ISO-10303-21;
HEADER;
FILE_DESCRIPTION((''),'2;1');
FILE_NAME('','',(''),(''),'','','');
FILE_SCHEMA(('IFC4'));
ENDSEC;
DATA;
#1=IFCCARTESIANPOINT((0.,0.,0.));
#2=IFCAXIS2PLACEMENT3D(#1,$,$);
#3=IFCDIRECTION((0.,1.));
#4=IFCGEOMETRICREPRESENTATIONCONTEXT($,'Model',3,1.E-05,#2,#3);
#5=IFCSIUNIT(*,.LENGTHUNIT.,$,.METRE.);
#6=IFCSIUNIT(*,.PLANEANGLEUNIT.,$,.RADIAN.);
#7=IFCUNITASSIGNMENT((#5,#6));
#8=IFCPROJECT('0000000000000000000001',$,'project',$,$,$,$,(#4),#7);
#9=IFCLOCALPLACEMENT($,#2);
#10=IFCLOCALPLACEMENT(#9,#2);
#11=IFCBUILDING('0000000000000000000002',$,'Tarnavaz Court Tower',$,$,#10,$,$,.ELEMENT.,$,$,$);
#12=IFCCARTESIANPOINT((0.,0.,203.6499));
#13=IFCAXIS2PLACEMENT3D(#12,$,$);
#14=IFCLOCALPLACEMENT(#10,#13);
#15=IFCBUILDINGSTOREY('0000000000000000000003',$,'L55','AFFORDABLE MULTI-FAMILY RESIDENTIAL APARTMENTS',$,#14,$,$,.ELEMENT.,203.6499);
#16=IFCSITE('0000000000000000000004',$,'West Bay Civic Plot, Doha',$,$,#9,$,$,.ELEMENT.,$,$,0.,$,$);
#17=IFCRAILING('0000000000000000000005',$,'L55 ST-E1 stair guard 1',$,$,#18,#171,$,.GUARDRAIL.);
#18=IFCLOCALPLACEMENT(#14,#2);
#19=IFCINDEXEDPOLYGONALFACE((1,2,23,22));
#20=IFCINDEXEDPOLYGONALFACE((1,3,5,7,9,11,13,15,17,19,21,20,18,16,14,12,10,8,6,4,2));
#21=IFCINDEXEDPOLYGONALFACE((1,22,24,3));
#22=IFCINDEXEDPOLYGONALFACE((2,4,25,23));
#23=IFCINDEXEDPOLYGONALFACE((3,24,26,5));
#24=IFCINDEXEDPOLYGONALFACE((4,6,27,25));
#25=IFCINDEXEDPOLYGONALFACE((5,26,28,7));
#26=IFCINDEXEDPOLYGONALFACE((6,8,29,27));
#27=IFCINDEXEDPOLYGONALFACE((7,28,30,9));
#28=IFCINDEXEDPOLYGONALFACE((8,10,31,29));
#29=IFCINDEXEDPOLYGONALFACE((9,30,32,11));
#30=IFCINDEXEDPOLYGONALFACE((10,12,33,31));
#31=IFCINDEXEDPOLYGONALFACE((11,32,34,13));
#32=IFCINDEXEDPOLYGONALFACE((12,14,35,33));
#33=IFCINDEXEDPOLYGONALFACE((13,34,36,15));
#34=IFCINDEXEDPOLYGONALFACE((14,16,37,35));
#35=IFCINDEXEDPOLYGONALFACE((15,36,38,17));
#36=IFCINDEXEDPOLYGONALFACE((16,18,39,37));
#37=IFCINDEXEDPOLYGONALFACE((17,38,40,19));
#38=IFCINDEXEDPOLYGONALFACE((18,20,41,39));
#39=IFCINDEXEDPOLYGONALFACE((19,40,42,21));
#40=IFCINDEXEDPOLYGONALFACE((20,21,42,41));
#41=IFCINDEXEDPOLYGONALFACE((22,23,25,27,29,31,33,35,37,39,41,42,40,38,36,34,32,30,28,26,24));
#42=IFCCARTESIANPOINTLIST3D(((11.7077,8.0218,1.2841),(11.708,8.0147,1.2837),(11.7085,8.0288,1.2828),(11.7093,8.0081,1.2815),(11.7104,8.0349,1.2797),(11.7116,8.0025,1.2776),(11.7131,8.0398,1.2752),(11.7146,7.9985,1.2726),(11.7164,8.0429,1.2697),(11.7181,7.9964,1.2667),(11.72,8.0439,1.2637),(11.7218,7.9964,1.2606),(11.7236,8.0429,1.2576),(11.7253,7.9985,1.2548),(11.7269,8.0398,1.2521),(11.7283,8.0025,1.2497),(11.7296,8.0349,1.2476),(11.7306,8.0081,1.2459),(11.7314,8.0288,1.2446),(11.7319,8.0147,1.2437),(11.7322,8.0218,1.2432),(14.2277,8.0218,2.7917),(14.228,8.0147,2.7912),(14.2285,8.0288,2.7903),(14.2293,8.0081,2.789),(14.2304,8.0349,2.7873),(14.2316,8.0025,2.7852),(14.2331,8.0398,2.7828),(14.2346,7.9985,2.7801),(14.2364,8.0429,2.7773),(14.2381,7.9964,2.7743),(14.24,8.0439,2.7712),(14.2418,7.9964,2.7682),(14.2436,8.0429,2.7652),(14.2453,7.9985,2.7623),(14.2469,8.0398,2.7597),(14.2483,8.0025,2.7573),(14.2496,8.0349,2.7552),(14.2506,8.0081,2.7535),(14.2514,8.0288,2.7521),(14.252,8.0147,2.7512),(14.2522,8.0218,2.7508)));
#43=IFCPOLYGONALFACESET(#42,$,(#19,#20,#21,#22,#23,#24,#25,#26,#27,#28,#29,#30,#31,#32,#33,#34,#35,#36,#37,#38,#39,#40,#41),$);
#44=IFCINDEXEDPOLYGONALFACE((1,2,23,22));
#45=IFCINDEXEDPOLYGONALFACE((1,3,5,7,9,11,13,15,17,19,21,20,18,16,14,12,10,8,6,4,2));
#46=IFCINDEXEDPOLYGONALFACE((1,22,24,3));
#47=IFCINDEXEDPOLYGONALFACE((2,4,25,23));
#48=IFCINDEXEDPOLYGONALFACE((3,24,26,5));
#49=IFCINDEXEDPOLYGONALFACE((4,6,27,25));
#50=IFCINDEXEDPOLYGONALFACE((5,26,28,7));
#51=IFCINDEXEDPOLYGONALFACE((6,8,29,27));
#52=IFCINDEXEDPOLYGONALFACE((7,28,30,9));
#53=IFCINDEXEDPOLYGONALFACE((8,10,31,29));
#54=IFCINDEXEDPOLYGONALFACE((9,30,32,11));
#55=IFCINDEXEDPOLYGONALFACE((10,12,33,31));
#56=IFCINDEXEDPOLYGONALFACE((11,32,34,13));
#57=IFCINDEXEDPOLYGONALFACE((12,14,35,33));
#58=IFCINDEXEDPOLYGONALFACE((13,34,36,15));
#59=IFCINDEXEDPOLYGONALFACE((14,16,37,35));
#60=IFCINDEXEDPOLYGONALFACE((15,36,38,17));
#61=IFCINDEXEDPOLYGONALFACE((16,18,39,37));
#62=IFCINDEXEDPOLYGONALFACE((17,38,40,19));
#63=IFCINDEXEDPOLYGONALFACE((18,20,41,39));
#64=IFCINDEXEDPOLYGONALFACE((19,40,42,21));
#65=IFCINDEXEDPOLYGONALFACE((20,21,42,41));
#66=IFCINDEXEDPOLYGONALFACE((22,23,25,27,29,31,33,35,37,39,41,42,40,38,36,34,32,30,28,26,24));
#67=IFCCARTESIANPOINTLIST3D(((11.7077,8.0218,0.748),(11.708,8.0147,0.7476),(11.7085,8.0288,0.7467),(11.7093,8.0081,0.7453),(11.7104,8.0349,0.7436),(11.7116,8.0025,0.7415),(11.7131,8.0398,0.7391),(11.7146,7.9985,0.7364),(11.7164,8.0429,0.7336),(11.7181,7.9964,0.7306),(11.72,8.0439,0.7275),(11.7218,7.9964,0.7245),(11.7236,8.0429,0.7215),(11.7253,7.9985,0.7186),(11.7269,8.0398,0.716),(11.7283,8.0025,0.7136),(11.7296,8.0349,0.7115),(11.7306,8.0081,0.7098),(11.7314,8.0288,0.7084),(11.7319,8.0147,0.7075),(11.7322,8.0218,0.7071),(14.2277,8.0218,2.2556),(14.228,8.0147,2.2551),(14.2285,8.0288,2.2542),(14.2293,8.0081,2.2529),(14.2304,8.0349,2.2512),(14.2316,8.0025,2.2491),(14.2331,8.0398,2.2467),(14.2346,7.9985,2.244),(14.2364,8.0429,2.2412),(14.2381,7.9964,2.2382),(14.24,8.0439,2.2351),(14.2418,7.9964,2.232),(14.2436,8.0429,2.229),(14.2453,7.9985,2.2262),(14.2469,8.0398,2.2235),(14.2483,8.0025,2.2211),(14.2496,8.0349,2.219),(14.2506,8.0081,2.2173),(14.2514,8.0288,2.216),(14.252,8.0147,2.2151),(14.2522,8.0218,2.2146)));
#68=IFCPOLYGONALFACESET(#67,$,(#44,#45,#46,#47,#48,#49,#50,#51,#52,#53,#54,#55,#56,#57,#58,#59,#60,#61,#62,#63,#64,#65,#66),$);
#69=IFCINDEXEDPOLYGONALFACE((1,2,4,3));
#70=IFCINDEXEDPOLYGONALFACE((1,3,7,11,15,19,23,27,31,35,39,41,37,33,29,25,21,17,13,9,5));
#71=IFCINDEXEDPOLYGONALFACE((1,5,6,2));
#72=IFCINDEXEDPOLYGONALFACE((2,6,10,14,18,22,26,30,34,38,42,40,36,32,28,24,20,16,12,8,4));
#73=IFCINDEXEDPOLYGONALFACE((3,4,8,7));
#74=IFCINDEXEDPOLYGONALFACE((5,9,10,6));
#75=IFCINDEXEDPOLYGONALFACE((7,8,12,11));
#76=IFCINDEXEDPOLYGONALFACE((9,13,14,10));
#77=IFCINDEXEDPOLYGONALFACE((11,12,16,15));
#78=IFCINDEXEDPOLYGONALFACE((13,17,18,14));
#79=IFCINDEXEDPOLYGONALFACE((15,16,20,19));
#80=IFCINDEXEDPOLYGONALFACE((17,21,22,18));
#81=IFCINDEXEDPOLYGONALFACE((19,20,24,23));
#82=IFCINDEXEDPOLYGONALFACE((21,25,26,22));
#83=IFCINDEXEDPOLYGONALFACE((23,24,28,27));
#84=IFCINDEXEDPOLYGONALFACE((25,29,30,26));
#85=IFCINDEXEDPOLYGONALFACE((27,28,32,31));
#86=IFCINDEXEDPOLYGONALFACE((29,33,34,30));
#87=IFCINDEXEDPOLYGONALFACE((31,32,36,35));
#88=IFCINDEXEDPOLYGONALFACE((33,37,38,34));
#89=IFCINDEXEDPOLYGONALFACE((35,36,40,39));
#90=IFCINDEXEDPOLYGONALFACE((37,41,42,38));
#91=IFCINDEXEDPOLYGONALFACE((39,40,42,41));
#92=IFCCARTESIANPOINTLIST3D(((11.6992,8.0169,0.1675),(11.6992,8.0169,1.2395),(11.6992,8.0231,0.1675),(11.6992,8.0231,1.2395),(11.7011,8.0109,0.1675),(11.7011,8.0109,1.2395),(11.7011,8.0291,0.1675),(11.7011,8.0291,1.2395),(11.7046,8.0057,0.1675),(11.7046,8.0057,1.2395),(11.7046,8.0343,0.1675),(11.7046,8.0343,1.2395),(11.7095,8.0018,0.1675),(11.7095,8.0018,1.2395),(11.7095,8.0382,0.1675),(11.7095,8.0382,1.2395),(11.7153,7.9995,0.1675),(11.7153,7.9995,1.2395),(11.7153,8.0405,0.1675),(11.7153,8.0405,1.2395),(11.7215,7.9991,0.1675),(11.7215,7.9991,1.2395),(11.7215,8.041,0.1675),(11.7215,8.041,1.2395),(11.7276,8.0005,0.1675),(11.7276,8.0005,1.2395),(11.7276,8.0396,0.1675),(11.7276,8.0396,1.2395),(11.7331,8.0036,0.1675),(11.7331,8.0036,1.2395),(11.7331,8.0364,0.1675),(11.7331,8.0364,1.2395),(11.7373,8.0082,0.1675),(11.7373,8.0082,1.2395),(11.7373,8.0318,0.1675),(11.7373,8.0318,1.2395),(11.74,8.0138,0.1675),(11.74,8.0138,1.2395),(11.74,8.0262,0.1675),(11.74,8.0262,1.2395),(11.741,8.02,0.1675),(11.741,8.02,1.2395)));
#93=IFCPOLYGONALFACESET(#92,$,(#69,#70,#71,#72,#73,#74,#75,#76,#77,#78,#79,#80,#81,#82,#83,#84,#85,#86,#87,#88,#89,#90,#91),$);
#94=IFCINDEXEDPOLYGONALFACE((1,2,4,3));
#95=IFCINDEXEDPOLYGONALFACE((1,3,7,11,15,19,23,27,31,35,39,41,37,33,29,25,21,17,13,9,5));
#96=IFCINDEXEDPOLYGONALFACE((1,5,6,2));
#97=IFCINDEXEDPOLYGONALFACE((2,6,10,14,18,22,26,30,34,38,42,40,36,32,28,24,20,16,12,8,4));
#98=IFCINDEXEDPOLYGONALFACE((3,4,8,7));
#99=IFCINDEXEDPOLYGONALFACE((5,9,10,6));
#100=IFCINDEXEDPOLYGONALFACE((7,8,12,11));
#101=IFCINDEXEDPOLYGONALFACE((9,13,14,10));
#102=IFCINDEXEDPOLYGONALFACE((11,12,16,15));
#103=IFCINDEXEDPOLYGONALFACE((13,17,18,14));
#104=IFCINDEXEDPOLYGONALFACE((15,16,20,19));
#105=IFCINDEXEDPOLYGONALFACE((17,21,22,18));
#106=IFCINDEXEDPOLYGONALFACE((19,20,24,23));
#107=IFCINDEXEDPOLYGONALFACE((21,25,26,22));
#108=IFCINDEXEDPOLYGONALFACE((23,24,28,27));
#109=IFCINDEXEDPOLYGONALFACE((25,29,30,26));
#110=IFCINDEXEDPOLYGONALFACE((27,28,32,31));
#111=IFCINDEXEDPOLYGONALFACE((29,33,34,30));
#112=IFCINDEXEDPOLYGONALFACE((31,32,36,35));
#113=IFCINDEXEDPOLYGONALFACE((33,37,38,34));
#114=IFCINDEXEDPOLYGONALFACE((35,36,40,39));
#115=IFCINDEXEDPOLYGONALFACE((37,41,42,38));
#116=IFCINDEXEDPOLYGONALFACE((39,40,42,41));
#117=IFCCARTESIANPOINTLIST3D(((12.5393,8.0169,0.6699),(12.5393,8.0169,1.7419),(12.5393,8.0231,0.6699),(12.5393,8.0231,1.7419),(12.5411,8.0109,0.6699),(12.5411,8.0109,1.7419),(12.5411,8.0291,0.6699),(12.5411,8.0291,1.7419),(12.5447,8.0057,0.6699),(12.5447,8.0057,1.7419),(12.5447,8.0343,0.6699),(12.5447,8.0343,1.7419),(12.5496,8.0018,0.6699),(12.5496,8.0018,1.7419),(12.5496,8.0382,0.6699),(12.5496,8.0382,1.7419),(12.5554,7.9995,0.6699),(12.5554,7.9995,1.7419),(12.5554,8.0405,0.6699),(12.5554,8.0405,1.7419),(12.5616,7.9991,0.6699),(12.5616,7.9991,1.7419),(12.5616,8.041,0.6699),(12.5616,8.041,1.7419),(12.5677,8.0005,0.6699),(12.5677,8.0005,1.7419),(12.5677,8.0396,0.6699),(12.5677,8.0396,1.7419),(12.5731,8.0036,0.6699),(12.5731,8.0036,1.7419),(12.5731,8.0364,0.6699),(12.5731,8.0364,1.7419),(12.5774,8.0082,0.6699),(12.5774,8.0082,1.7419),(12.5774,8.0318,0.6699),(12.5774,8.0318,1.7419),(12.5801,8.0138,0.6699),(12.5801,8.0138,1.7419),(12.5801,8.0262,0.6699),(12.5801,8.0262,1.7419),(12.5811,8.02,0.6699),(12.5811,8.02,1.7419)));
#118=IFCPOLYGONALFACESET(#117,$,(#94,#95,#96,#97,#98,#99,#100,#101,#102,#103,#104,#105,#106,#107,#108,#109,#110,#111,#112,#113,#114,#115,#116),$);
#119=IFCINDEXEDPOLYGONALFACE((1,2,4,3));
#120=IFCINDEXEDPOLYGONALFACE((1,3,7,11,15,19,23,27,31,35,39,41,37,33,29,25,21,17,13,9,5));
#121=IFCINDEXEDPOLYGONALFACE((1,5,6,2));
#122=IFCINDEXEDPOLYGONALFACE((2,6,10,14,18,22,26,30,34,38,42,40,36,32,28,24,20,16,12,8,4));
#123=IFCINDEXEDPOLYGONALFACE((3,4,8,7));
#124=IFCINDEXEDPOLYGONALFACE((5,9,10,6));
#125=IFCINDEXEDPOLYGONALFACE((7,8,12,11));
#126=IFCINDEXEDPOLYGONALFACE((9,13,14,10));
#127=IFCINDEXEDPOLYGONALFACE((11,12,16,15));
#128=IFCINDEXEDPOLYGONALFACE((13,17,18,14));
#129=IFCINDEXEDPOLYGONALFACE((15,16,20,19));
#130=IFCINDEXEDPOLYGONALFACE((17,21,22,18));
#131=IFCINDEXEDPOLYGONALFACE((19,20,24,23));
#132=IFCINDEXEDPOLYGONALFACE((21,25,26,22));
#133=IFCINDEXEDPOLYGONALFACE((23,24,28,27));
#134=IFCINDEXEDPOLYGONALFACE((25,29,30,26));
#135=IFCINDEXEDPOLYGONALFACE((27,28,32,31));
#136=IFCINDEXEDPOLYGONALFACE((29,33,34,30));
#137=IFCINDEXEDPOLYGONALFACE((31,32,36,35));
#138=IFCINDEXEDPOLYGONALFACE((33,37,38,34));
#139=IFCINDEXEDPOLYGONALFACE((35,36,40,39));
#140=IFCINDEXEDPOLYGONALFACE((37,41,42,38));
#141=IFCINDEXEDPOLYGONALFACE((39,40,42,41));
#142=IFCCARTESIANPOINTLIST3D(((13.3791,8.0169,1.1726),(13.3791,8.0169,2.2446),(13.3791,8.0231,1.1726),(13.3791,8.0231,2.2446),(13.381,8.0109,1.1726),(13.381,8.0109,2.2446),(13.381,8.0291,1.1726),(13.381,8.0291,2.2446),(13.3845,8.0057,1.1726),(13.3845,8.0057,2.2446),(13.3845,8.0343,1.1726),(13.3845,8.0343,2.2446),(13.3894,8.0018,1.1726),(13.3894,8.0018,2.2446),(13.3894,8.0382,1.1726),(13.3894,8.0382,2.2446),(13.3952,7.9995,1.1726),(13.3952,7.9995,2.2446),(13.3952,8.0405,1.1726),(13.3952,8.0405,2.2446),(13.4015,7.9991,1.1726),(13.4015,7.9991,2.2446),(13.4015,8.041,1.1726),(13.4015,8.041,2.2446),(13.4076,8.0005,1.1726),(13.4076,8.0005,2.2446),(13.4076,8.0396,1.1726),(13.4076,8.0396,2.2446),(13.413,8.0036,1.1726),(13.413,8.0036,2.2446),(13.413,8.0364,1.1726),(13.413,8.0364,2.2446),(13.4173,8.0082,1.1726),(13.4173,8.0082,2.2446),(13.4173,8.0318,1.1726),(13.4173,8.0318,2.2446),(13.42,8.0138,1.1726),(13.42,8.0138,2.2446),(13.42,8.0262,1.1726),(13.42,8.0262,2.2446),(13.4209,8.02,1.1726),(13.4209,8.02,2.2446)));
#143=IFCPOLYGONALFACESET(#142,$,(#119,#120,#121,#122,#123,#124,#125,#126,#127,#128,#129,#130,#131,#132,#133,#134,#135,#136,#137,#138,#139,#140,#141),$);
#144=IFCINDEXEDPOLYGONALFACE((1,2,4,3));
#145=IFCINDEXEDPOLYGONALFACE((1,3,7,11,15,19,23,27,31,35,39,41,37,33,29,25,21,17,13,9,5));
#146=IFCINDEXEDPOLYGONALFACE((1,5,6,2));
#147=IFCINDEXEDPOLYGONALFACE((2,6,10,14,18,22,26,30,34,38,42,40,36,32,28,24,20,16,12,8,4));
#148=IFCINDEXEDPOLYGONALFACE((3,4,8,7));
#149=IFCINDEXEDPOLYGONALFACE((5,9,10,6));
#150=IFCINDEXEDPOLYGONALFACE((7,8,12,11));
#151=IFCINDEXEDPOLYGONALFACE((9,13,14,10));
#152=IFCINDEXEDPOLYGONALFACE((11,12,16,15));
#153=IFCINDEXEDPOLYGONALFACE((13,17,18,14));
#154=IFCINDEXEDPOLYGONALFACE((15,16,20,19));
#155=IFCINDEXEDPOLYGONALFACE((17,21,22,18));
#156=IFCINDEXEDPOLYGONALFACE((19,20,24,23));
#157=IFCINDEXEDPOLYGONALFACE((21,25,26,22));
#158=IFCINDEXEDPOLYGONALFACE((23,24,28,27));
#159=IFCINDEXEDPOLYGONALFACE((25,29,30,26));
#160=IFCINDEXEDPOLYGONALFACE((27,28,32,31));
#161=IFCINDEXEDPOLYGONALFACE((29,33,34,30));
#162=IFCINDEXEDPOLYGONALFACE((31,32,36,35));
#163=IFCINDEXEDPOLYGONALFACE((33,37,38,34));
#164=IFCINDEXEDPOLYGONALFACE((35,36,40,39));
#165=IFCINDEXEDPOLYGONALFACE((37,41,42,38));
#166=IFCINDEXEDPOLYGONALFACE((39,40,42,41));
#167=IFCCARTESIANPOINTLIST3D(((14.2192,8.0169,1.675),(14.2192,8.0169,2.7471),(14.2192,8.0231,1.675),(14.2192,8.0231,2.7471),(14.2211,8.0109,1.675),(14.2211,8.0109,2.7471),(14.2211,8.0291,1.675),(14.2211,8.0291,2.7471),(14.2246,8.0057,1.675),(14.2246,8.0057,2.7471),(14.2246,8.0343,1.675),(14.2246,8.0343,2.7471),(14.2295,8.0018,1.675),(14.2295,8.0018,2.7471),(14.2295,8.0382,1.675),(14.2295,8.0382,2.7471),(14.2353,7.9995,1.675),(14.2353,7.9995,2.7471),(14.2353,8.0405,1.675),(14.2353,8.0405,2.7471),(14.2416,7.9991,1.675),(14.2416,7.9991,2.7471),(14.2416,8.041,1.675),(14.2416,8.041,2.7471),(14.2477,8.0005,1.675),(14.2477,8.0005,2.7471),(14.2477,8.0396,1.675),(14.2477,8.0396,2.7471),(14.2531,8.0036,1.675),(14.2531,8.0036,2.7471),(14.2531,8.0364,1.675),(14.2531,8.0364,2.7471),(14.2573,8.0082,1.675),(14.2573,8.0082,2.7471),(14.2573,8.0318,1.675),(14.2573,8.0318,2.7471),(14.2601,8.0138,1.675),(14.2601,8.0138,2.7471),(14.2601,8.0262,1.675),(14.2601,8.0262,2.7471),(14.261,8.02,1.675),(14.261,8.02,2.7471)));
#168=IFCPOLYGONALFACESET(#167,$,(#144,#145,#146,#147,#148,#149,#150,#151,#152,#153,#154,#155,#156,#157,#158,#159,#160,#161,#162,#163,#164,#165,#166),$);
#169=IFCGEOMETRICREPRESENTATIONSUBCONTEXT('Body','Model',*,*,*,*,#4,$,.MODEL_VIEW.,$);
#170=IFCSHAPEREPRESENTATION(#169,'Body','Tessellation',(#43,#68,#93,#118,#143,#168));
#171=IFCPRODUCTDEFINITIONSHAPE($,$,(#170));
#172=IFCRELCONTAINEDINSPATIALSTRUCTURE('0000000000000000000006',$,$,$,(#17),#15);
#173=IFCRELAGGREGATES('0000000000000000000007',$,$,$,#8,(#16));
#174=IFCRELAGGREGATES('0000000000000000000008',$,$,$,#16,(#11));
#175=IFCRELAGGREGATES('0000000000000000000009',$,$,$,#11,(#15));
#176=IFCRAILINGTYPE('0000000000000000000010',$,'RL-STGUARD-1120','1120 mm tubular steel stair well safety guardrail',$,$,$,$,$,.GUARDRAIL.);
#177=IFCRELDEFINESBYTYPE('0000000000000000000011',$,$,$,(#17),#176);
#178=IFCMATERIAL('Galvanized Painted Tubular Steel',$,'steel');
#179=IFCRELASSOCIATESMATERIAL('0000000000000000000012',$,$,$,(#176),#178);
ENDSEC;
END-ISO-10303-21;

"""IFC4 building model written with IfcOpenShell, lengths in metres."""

from ifc_helpers import new_model, si_unit, direction, frame, origin, origin_2d, place, context, subcontext, project, spatial, circle, extrude, material, type_object, element, save


model = new_model("IFC4")

# Units and contexts
model_context = context("Model", 3, precision=1e-05, world=origin(), true_north=direction((0.0, 1.0)))
body_context = subcontext(model_context, "Body", "Model", "MODEL_VIEW")
ifc_project = project(units=[si_unit("LENGTHUNIT", "METRE"), si_unit("PLANEANGLEUNIT", "RADIAN")], contexts=[model_context])

# Site, building, storey
site_placement = place(None, origin())
site = spatial("IfcSite", under=ifc_project, at=site_placement, Name="West Bay Civic Plot, Doha", CompositionType="ELEMENT", RefElevation=0.0)
building_placement = place(site_placement, origin())
building = spatial("IfcBuilding", under=site, at=building_placement, Name="Tarnavaz Court Tower", CompositionType="ELEMENT")
storey_placement = place(building_placement, frame((0.0, 0.0, 203.6499)))
storey = spatial("IfcBuildingStorey", under=building, at=storey_placement, Name="L55", Description="AFFORDABLE MULTI-FAMILY RESIDENTIAL APARTMENTS", CompositionType="ELEMENT", Elevation=203.6499)

# Railing
ifc_material_1 = material(Name="Galvanized Painted Tubular Steel", Category="steel")
railing_type_1 = type_object("IfcRailingType", Name="RL-STGUARD-1120", Description="1120 mm tubular steel stair well safety guardrail", PredefinedType="GUARDRAIL", material=ifc_material_1)
railing_1_placement = place(storey_placement, frame((11.72, 8.02, 0.1675)))
element("IfcRailing", 1, at=railing_1_placement, inside=storey, type_object=railing_type_1, Name="L55 ST-E1 stair guard 1", PredefinedType="GUARDRAIL", context=body_context, shape_type="SweptSolid", body=[
    extrude(circle(Radius=0.0239, at=origin_2d()), frame((0.0, 0.0, 1.0962), z_axis=(0.85816, 0.0, 0.513383), x_axis=(0.0, 1.0, 0.0)), (0.0, 0.0, 1.0), 2.9365),
    extrude(circle(Radius=0.0239, at=origin_2d()), frame((0.0, 0.0, 0.5601), z_axis=(0.85816, 0.0, 0.513383), x_axis=(0.0, 1.0, 0.0)), (0.0, 0.0, 1.0), 2.9365),
    extrude(circle(Radius=0.021, at=origin_2d()), origin(), (0.0, 0.0, 1.0), 1.072),
    extrude(circle(Radius=0.021, at=origin_2d()), frame((0.8401, 0.0, 0.5024)), (0.0, 0.0, 1.0), 1.072),
    extrude(circle(Radius=0.021, at=origin_2d()), frame((1.6799, 0.0, 1.0051)), (0.0, 0.0, 1.0), 1.072),
    extrude(circle(Radius=0.021, at=origin_2d()), frame((2.52, 0.0, 1.5076)), (0.0, 0.0, 1.0), 1.072),
])

save(model, "model.ifc")
